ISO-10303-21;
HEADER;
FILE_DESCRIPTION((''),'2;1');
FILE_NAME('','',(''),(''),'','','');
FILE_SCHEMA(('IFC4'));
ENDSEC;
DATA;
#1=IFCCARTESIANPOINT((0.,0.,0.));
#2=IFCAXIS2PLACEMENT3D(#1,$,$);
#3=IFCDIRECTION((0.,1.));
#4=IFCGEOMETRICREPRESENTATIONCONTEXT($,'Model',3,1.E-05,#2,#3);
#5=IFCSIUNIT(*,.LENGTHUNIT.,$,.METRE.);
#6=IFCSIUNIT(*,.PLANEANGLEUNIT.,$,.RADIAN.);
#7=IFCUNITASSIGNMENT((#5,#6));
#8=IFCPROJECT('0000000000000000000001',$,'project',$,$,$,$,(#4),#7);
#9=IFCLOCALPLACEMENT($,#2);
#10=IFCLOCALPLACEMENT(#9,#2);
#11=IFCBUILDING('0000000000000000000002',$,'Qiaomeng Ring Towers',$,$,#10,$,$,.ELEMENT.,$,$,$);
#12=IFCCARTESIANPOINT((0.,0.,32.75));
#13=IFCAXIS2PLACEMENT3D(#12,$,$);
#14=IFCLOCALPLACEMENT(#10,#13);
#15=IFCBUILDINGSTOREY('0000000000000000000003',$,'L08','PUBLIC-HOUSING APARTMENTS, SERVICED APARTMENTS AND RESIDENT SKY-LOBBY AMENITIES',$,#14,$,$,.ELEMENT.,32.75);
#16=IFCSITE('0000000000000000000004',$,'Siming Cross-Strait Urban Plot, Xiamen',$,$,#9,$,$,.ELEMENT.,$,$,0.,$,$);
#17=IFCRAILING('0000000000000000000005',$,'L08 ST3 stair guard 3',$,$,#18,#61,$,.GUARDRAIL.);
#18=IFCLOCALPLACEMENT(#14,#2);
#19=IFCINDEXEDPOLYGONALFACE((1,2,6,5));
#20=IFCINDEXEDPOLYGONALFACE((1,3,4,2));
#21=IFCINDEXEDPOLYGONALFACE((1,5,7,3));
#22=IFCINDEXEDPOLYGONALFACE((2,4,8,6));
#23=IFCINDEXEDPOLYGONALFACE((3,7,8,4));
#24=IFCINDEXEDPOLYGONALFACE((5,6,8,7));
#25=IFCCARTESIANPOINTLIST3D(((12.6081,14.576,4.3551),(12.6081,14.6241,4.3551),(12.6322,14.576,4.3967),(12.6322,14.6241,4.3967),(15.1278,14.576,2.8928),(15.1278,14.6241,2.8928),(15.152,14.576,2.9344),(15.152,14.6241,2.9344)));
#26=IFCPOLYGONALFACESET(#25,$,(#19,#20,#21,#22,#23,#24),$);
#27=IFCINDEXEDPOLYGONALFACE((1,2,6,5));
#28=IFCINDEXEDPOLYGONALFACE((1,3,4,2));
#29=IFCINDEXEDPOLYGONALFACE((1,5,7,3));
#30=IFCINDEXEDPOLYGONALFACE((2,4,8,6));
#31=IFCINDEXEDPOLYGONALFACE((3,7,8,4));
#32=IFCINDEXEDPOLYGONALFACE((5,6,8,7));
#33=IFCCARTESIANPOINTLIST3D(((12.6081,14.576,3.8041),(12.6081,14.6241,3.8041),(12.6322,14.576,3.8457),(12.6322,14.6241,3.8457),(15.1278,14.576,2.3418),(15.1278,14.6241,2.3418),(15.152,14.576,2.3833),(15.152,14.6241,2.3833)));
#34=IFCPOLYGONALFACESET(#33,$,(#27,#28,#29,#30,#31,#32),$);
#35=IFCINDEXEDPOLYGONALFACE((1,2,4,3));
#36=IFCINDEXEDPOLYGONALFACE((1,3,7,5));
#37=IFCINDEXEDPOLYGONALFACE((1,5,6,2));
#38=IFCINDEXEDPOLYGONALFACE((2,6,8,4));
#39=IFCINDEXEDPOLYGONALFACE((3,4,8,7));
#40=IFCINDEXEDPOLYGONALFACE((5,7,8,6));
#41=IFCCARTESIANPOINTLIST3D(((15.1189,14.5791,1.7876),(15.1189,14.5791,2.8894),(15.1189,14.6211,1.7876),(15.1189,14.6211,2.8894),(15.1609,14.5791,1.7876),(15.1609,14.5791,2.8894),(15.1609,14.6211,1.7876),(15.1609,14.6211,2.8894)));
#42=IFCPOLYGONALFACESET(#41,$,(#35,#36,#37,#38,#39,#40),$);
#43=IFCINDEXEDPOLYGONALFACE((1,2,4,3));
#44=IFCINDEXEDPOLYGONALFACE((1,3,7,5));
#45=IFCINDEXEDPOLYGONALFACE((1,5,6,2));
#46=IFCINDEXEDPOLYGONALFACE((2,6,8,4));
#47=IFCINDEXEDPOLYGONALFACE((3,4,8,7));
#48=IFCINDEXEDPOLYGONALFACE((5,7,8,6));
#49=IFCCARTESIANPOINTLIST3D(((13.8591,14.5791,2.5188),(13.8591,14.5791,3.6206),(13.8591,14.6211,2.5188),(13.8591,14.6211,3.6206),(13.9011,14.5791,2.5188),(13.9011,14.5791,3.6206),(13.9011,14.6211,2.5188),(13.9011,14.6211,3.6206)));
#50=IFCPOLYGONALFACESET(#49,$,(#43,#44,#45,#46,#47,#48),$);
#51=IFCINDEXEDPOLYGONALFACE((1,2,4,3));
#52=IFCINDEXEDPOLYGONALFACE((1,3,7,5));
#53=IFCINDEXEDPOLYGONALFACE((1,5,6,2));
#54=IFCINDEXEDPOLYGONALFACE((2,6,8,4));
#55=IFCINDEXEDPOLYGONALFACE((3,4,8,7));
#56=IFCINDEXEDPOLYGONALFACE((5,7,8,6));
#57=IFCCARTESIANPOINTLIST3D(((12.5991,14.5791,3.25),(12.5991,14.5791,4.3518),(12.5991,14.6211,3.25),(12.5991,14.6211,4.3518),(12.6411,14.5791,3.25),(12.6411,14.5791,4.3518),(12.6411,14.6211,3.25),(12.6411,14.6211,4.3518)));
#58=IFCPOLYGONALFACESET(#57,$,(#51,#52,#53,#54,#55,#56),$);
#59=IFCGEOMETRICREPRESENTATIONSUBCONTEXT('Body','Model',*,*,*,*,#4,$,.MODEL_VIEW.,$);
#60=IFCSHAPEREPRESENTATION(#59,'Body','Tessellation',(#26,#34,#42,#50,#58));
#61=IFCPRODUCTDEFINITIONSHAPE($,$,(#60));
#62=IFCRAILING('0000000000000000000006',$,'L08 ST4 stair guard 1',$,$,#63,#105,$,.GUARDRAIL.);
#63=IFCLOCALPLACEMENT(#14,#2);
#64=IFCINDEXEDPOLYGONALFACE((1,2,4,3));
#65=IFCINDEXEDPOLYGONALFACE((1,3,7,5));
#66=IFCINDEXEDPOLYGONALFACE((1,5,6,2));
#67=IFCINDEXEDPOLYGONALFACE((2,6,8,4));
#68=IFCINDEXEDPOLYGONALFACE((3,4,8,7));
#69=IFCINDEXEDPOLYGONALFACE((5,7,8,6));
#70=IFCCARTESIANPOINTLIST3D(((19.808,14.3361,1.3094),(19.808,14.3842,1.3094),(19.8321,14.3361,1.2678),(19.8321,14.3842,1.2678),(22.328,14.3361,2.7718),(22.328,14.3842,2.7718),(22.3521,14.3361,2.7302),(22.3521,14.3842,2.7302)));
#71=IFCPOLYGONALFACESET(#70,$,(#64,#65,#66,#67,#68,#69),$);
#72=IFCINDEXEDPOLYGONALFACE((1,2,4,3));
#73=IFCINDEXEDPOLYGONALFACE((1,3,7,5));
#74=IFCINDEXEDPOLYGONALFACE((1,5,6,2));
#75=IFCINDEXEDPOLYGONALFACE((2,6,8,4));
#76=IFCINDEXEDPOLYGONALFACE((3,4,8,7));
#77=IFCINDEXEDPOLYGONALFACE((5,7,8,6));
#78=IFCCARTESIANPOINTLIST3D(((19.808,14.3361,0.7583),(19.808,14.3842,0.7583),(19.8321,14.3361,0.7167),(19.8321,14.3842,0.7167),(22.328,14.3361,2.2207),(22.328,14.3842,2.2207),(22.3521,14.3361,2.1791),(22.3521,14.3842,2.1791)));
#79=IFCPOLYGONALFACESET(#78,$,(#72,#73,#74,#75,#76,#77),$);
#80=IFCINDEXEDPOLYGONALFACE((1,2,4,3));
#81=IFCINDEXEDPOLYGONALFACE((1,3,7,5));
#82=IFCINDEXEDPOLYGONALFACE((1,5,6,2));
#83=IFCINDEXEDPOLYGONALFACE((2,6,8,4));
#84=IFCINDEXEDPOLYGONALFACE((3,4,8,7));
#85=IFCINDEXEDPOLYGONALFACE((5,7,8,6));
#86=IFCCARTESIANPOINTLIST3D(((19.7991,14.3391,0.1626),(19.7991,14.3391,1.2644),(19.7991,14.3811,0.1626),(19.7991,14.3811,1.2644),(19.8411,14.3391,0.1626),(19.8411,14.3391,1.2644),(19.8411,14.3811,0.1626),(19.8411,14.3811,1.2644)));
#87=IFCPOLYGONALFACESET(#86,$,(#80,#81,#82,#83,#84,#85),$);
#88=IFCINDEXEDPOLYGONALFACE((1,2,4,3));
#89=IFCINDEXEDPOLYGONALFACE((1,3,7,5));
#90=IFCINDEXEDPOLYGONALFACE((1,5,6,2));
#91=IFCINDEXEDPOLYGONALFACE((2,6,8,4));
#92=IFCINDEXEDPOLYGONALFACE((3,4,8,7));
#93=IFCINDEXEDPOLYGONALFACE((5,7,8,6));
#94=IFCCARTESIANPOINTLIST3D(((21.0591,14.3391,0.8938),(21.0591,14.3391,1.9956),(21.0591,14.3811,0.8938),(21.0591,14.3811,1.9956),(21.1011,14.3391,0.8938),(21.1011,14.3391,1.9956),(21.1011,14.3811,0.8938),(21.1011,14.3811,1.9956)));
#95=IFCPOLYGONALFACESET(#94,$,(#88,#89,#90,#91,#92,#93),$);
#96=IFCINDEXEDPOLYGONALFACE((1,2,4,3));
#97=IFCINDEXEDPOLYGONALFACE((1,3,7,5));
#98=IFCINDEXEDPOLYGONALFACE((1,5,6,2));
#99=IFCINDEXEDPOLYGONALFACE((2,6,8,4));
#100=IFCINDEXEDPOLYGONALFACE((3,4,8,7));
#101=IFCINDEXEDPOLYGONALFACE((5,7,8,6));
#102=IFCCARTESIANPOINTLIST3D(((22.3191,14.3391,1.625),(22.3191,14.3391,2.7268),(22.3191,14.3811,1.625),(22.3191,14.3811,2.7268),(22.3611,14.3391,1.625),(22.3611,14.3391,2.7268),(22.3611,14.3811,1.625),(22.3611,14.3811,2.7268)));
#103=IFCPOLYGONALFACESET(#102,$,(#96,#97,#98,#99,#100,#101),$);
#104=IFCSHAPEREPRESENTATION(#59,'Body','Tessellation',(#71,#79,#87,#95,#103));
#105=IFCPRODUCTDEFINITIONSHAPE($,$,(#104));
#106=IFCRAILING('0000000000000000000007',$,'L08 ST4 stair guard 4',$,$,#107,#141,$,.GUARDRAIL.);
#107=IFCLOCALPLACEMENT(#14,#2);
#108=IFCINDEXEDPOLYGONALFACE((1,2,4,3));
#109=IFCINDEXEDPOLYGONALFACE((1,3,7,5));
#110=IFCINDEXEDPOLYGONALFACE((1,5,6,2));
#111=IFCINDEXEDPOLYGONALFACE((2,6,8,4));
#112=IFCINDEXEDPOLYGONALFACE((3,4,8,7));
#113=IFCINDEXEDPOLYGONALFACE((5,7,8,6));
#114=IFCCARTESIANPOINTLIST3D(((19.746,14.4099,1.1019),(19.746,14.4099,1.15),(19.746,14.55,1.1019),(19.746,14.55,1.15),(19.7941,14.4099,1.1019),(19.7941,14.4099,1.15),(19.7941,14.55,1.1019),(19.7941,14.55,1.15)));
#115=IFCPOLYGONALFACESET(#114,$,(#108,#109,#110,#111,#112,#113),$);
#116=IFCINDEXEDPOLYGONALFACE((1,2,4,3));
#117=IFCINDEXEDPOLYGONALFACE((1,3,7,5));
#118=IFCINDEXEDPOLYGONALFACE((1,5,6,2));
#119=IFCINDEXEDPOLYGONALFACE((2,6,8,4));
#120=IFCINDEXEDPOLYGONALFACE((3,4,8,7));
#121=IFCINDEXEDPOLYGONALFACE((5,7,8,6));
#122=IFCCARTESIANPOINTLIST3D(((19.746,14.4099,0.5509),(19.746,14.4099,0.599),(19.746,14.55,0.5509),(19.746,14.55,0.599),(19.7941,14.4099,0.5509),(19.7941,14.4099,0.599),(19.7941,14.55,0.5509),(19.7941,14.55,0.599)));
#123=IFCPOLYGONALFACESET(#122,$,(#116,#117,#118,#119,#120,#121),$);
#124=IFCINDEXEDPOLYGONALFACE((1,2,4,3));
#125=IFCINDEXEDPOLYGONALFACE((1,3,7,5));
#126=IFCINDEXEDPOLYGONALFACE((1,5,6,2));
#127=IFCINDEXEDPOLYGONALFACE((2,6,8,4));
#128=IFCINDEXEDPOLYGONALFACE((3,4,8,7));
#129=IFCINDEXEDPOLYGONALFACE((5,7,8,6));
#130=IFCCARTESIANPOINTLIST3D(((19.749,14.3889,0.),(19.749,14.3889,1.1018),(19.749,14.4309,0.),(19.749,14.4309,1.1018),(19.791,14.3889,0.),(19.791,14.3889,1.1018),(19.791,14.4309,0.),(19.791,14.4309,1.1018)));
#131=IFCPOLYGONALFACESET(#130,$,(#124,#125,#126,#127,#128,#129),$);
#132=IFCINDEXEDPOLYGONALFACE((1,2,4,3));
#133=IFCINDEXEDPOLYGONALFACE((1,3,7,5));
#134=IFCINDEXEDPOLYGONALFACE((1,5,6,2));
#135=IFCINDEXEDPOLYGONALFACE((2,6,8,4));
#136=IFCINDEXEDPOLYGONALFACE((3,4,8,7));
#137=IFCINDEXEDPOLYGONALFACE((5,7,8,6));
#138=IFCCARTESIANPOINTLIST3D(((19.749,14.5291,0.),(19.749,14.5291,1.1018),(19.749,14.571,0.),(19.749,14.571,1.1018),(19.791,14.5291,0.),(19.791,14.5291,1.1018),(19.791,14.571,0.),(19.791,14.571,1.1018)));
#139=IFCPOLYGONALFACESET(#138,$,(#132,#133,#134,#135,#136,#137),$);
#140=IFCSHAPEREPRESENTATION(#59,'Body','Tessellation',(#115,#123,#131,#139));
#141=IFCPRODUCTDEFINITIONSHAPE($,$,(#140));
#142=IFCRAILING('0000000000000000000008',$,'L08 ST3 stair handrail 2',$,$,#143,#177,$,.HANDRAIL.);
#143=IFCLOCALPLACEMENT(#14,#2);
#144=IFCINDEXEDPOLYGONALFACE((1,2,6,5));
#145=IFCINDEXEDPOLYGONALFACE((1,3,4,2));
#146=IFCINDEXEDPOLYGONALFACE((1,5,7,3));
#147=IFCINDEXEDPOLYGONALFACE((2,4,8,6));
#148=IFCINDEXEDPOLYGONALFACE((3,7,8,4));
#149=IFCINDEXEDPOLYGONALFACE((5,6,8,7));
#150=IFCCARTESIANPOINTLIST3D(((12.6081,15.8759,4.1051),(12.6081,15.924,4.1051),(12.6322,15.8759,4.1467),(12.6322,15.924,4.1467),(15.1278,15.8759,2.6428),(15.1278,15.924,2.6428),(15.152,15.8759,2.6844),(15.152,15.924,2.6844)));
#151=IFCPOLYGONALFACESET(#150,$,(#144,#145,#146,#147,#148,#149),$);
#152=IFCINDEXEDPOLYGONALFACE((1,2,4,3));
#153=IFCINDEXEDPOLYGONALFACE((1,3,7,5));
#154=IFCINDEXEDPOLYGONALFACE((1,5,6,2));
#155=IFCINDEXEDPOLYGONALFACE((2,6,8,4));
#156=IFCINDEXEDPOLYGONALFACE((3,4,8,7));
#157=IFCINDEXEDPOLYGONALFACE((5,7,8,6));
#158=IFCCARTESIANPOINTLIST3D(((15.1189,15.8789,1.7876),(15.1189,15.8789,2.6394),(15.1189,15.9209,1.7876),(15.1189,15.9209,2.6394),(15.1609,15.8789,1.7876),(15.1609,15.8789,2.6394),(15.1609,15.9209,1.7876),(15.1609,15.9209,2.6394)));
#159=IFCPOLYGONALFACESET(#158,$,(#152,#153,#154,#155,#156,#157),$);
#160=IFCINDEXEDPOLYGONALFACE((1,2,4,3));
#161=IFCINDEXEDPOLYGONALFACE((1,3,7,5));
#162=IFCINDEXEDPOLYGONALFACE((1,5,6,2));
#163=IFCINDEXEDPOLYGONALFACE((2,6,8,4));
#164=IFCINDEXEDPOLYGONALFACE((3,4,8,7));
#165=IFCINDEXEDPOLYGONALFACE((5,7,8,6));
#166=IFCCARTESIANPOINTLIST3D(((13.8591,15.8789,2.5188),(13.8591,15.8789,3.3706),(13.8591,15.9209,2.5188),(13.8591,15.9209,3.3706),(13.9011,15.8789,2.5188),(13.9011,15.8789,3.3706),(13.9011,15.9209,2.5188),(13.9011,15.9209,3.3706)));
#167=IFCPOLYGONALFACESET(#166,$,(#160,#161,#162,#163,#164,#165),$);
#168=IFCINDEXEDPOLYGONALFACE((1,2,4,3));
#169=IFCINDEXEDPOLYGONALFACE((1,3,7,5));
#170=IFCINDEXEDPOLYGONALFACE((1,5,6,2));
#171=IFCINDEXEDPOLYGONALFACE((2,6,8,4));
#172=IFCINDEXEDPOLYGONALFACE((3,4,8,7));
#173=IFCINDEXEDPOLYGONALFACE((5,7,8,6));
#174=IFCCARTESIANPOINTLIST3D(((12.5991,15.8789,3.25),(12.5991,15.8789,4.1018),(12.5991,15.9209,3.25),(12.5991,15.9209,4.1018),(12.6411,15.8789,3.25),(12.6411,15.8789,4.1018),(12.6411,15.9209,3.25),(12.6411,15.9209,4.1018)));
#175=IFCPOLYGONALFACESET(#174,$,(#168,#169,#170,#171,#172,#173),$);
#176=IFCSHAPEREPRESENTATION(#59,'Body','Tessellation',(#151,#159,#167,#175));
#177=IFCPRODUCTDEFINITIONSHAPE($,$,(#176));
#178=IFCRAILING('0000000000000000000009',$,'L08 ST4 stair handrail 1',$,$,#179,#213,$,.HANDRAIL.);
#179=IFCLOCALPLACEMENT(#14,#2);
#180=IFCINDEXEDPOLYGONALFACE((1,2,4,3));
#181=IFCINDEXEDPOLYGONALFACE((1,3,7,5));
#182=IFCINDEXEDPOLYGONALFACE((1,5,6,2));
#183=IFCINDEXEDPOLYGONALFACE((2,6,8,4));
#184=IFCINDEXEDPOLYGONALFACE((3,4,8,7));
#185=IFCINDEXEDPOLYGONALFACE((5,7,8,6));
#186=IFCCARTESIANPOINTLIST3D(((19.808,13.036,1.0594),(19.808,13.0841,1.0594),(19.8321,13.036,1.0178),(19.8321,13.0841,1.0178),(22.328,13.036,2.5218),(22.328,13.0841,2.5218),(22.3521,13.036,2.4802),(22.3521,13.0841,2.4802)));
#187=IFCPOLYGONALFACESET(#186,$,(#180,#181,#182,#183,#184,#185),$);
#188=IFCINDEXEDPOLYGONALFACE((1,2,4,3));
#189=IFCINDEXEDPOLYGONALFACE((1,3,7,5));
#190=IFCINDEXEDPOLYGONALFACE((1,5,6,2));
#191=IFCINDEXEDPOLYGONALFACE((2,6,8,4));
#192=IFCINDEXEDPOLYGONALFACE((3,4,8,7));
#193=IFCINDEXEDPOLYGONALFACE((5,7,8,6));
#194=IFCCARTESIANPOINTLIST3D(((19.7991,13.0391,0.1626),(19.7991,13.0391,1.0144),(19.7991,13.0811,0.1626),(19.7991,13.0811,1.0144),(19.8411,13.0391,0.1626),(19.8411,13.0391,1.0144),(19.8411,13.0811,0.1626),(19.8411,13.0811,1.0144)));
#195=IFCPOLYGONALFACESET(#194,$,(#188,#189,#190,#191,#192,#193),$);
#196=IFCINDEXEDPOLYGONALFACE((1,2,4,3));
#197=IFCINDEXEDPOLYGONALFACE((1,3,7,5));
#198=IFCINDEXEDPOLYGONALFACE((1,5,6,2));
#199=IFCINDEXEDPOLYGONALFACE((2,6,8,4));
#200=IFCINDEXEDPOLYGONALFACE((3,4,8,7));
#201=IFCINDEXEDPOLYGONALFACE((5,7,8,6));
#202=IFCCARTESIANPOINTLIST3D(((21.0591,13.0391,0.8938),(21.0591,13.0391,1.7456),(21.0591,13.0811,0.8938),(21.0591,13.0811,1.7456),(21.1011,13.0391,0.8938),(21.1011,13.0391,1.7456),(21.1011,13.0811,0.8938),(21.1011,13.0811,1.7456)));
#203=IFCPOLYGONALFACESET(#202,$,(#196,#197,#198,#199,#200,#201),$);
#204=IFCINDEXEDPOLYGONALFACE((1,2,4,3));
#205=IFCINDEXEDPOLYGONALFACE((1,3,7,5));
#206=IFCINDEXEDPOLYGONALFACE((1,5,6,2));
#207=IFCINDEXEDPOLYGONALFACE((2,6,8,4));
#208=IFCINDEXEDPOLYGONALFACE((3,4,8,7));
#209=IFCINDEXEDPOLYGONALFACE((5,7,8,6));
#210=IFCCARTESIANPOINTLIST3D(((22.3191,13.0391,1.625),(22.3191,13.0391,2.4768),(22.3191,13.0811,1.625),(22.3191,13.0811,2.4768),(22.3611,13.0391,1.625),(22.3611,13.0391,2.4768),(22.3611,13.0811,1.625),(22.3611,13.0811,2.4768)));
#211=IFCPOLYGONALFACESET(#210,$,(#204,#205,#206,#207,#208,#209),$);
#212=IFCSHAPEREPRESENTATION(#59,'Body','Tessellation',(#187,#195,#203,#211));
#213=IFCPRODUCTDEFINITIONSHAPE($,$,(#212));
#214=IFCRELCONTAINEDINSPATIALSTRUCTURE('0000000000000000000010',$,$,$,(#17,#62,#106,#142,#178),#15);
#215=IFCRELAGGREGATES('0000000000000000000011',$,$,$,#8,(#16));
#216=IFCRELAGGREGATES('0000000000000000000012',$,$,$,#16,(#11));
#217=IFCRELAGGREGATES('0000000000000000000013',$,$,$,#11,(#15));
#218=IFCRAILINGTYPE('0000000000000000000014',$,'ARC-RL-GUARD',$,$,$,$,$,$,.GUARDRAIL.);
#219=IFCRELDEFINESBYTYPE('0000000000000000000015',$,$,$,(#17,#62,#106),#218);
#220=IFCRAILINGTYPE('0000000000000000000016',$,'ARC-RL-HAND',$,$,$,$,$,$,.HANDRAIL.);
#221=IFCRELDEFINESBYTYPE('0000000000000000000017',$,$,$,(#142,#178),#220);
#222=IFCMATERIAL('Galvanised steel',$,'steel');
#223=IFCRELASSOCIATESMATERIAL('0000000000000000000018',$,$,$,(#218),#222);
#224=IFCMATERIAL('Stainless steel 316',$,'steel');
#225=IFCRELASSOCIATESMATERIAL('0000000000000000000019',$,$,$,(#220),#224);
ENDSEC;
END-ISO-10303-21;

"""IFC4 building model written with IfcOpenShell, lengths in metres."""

from ifc_helpers import new_model, si_unit, direction, frame, origin, origin_2d, place, context, subcontext, project, spatial, rectangle, extrude, material, type_object, element, save


model = new_model("IFC4")

# Units and contexts
model_context = context("Model", 3, precision=1e-05, world=origin(), true_north=direction((0.0, 1.0)))
body_context = subcontext(model_context, "Body", "Model", "MODEL_VIEW")
ifc_project = project(units=[si_unit("LENGTHUNIT", "METRE"), si_unit("PLANEANGLEUNIT", "RADIAN")], contexts=[model_context])

# Site, building, storey
site_placement = place(None, origin())
site = spatial("IfcSite", under=ifc_project, at=site_placement, Name="Siming Cross-Strait Urban Plot, Xiamen", CompositionType="ELEMENT", RefElevation=0.0)
building_placement = place(site_placement, origin())
building = spatial("IfcBuilding", under=site, at=building_placement, Name="Qiaomeng Ring Towers", CompositionType="ELEMENT")
storey_placement = place(building_placement, frame((0.0, 0.0, 32.75)))
storey = spatial("IfcBuildingStorey", under=building, at=storey_placement, Name="L08", Description="PUBLIC-HOUSING APARTMENTS, SERVICED APARTMENTS AND RESIDENT SKY-LOBBY AMENITIES", CompositionType="ELEMENT", Elevation=32.75)

# Shared definitions
ifc_material_1 = material(Name="Galvanised steel", Category="steel")

# Railings
railing_type_1 = type_object("IfcRailingType", Name="ARC-RL-GUARD", PredefinedType="GUARDRAIL", material=ifc_material_1)
railing_1_placement = place(storey_placement, frame((15.1399, 14.6001, 1.7876)))
element("IfcRailing", 1, at=railing_1_placement, inside=storey, type_object=railing_type_1, Name="L08 ST3 stair guard 3", PredefinedType="GUARDRAIL", context=body_context, shape_type="SweptSolid", body=[
    extrude(rectangle(XDim=0.0481, YDim=0.0481, at=origin_2d()), frame((0.0, 0.0, 1.126), z_axis=(-0.864892, 0.0, 0.501958), x_axis=(0.0, -1.0, 0.0)), (0.0, 0.0, 1.0), 2.9133),
    extrude(rectangle(XDim=0.0481, YDim=0.0481, at=origin_2d()), frame((0.0, 0.0, 0.575), z_axis=(-0.864892, 0.0, 0.501958), x_axis=(0.0, -1.0, 0.0)), (0.0, 0.0, 1.0), 2.9133),
    extrude(rectangle(XDim=0.042, YDim=0.042, at=origin_2d()), origin(), (0.0, 0.0, 1.0), 1.1018),
    extrude(rectangle(XDim=0.042, YDim=0.042, at=origin_2d()), frame((-1.2598, 0.0, 0.7312)), (0.0, 0.0, 1.0), 1.1018),
    extrude(rectangle(XDim=0.042, YDim=0.042, at=origin_2d()), frame((-2.5198, 0.0, 1.4624)), (0.0, 0.0, 1.0), 1.1018),
])
railing_2_placement = place(storey_placement, frame((19.8201, 14.3601, 0.1626)))
element("IfcRailing", 2, at=railing_2_placement, inside=storey, type_object=railing_type_1, Name="L08 ST4 stair guard 1", PredefinedType="GUARDRAIL", context=body_context, shape_type="SweptSolid", body=[
    extrude(rectangle(XDim=0.0481, YDim=0.0481, at=origin_2d()), frame((0.0, 0.0, 1.126), z_axis=(0.864913, 0.0, 0.501921), x_axis=(0.0, 1.0, 0.0)), (0.0, 0.0, 1.0), 2.9136),
    extrude(rectangle(XDim=0.0481, YDim=0.0481, at=origin_2d()), frame((0.0, 0.0, 0.575), z_axis=(0.864913, 0.0, 0.501921), x_axis=(0.0, 1.0, 0.0)), (0.0, 0.0, 1.0), 2.9136),
    extrude(rectangle(XDim=0.042, YDim=0.042, at=origin_2d()), origin(), (0.0, 0.0, 1.0), 1.1018),
    extrude(rectangle(XDim=0.042, YDim=0.042, at=origin_2d()), frame((1.26, 0.0, 0.7312)), (0.0, 0.0, 1.0), 1.1018),
    extrude(rectangle(XDim=0.042, YDim=0.042, at=origin_2d()), frame((2.52, 0.0, 1.4624)), (0.0, 0.0, 1.0), 1.1018),
])
railing_3_placement = place(storey_placement, frame((19.77, 14.4099, 0.0)))
element("IfcRailing", 3, at=railing_3_placement, inside=storey, type_object=railing_type_1, Name="L08 ST4 stair guard 4", PredefinedType="GUARDRAIL", context=body_context, shape_type="SweptSolid", body=[
    extrude(rectangle(XDim=0.0481, YDim=0.0481, at=origin_2d()), frame((0.0, 0.0, 1.126), z_axis=(0.0, 1.0, 0.0), x_axis=(-1.0, 0.0, 0.0)), (0.0, 0.0, 1.0), 0.1401),
    extrude(rectangle(XDim=0.0481, YDim=0.0481, at=origin_2d()), frame((0.0, 0.0, 0.575), z_axis=(0.0, 1.0, 0.0), x_axis=(-1.0, 0.0, 0.0)), (0.0, 0.0, 1.0), 0.1401),
    extrude(rectangle(XDim=0.042, YDim=0.042, at=origin_2d()), origin(), (0.0, 0.0, 1.0), 1.1018),
    extrude(rectangle(XDim=0.042, YDim=0.042, at=origin_2d()), frame((0.0, 0.1401, 0.0)), (0.0, 0.0, 1.0), 1.1018),
])
ifc_material_2 = material(Name="Stainless steel 316", Category="steel")
railing_type_2 = type_object("IfcRailingType", Name="ARC-RL-HAND", PredefinedType="HANDRAIL", material=ifc_material_2)
railing_4_placement = place(storey_placement, frame((15.1399, 15.8999, 1.7876)))
element("IfcRailing", 4, at=railing_4_placement, inside=storey, type_object=railing_type_2, Name="L08 ST3 stair handrail 2", PredefinedType="HANDRAIL", context=body_context, shape_type="SweptSolid", body=[
    extrude(rectangle(XDim=0.0481, YDim=0.0481, at=origin_2d()), frame((0.0, 0.0, 0.876), z_axis=(-0.864892, 0.0, 0.501958), x_axis=(0.0, -1.0, 0.0)), (0.0, 0.0, 1.0), 2.9133),
    extrude(rectangle(XDim=0.042, YDim=0.042, at=origin_2d()), origin(), (0.0, 0.0, 1.0), 0.8518),
    extrude(rectangle(XDim=0.042, YDim=0.042, at=origin_2d()), frame((-1.2598, 0.0, 0.7312)), (0.0, 0.0, 1.0), 0.8518),
    extrude(rectangle(XDim=0.042, YDim=0.042, at=origin_2d()), frame((-2.5198, 0.0, 1.4624)), (0.0, 0.0, 1.0), 0.8518),
])
railing_5_placement = place(storey_placement, frame((19.8201, 13.0601, 0.1626)))
element("IfcRailing", 5, at=railing_5_placement, inside=storey, type_object=railing_type_2, Name="L08 ST4 stair handrail 1", PredefinedType="HANDRAIL", context=body_context, shape_type="SweptSolid", body=[
    extrude(rectangle(XDim=0.0481, YDim=0.0481, at=origin_2d()), frame((0.0, 0.0, 0.876), z_axis=(0.864913, 0.0, 0.501921), x_axis=(0.0, 1.0, 0.0)), (0.0, 0.0, 1.0), 2.9136),
    extrude(rectangle(XDim=0.042, YDim=0.042, at=origin_2d()), origin(), (0.0, 0.0, 1.0), 0.8518),
    extrude(rectangle(XDim=0.042, YDim=0.042, at=origin_2d()), frame((1.26, 0.0, 0.7312)), (0.0, 0.0, 1.0), 0.8518),
    extrude(rectangle(XDim=0.042, YDim=0.042, at=origin_2d()), frame((2.52, 0.0, 1.4624)), (0.0, 0.0, 1.0), 0.8518),
])

save(model, "model.ifc")
